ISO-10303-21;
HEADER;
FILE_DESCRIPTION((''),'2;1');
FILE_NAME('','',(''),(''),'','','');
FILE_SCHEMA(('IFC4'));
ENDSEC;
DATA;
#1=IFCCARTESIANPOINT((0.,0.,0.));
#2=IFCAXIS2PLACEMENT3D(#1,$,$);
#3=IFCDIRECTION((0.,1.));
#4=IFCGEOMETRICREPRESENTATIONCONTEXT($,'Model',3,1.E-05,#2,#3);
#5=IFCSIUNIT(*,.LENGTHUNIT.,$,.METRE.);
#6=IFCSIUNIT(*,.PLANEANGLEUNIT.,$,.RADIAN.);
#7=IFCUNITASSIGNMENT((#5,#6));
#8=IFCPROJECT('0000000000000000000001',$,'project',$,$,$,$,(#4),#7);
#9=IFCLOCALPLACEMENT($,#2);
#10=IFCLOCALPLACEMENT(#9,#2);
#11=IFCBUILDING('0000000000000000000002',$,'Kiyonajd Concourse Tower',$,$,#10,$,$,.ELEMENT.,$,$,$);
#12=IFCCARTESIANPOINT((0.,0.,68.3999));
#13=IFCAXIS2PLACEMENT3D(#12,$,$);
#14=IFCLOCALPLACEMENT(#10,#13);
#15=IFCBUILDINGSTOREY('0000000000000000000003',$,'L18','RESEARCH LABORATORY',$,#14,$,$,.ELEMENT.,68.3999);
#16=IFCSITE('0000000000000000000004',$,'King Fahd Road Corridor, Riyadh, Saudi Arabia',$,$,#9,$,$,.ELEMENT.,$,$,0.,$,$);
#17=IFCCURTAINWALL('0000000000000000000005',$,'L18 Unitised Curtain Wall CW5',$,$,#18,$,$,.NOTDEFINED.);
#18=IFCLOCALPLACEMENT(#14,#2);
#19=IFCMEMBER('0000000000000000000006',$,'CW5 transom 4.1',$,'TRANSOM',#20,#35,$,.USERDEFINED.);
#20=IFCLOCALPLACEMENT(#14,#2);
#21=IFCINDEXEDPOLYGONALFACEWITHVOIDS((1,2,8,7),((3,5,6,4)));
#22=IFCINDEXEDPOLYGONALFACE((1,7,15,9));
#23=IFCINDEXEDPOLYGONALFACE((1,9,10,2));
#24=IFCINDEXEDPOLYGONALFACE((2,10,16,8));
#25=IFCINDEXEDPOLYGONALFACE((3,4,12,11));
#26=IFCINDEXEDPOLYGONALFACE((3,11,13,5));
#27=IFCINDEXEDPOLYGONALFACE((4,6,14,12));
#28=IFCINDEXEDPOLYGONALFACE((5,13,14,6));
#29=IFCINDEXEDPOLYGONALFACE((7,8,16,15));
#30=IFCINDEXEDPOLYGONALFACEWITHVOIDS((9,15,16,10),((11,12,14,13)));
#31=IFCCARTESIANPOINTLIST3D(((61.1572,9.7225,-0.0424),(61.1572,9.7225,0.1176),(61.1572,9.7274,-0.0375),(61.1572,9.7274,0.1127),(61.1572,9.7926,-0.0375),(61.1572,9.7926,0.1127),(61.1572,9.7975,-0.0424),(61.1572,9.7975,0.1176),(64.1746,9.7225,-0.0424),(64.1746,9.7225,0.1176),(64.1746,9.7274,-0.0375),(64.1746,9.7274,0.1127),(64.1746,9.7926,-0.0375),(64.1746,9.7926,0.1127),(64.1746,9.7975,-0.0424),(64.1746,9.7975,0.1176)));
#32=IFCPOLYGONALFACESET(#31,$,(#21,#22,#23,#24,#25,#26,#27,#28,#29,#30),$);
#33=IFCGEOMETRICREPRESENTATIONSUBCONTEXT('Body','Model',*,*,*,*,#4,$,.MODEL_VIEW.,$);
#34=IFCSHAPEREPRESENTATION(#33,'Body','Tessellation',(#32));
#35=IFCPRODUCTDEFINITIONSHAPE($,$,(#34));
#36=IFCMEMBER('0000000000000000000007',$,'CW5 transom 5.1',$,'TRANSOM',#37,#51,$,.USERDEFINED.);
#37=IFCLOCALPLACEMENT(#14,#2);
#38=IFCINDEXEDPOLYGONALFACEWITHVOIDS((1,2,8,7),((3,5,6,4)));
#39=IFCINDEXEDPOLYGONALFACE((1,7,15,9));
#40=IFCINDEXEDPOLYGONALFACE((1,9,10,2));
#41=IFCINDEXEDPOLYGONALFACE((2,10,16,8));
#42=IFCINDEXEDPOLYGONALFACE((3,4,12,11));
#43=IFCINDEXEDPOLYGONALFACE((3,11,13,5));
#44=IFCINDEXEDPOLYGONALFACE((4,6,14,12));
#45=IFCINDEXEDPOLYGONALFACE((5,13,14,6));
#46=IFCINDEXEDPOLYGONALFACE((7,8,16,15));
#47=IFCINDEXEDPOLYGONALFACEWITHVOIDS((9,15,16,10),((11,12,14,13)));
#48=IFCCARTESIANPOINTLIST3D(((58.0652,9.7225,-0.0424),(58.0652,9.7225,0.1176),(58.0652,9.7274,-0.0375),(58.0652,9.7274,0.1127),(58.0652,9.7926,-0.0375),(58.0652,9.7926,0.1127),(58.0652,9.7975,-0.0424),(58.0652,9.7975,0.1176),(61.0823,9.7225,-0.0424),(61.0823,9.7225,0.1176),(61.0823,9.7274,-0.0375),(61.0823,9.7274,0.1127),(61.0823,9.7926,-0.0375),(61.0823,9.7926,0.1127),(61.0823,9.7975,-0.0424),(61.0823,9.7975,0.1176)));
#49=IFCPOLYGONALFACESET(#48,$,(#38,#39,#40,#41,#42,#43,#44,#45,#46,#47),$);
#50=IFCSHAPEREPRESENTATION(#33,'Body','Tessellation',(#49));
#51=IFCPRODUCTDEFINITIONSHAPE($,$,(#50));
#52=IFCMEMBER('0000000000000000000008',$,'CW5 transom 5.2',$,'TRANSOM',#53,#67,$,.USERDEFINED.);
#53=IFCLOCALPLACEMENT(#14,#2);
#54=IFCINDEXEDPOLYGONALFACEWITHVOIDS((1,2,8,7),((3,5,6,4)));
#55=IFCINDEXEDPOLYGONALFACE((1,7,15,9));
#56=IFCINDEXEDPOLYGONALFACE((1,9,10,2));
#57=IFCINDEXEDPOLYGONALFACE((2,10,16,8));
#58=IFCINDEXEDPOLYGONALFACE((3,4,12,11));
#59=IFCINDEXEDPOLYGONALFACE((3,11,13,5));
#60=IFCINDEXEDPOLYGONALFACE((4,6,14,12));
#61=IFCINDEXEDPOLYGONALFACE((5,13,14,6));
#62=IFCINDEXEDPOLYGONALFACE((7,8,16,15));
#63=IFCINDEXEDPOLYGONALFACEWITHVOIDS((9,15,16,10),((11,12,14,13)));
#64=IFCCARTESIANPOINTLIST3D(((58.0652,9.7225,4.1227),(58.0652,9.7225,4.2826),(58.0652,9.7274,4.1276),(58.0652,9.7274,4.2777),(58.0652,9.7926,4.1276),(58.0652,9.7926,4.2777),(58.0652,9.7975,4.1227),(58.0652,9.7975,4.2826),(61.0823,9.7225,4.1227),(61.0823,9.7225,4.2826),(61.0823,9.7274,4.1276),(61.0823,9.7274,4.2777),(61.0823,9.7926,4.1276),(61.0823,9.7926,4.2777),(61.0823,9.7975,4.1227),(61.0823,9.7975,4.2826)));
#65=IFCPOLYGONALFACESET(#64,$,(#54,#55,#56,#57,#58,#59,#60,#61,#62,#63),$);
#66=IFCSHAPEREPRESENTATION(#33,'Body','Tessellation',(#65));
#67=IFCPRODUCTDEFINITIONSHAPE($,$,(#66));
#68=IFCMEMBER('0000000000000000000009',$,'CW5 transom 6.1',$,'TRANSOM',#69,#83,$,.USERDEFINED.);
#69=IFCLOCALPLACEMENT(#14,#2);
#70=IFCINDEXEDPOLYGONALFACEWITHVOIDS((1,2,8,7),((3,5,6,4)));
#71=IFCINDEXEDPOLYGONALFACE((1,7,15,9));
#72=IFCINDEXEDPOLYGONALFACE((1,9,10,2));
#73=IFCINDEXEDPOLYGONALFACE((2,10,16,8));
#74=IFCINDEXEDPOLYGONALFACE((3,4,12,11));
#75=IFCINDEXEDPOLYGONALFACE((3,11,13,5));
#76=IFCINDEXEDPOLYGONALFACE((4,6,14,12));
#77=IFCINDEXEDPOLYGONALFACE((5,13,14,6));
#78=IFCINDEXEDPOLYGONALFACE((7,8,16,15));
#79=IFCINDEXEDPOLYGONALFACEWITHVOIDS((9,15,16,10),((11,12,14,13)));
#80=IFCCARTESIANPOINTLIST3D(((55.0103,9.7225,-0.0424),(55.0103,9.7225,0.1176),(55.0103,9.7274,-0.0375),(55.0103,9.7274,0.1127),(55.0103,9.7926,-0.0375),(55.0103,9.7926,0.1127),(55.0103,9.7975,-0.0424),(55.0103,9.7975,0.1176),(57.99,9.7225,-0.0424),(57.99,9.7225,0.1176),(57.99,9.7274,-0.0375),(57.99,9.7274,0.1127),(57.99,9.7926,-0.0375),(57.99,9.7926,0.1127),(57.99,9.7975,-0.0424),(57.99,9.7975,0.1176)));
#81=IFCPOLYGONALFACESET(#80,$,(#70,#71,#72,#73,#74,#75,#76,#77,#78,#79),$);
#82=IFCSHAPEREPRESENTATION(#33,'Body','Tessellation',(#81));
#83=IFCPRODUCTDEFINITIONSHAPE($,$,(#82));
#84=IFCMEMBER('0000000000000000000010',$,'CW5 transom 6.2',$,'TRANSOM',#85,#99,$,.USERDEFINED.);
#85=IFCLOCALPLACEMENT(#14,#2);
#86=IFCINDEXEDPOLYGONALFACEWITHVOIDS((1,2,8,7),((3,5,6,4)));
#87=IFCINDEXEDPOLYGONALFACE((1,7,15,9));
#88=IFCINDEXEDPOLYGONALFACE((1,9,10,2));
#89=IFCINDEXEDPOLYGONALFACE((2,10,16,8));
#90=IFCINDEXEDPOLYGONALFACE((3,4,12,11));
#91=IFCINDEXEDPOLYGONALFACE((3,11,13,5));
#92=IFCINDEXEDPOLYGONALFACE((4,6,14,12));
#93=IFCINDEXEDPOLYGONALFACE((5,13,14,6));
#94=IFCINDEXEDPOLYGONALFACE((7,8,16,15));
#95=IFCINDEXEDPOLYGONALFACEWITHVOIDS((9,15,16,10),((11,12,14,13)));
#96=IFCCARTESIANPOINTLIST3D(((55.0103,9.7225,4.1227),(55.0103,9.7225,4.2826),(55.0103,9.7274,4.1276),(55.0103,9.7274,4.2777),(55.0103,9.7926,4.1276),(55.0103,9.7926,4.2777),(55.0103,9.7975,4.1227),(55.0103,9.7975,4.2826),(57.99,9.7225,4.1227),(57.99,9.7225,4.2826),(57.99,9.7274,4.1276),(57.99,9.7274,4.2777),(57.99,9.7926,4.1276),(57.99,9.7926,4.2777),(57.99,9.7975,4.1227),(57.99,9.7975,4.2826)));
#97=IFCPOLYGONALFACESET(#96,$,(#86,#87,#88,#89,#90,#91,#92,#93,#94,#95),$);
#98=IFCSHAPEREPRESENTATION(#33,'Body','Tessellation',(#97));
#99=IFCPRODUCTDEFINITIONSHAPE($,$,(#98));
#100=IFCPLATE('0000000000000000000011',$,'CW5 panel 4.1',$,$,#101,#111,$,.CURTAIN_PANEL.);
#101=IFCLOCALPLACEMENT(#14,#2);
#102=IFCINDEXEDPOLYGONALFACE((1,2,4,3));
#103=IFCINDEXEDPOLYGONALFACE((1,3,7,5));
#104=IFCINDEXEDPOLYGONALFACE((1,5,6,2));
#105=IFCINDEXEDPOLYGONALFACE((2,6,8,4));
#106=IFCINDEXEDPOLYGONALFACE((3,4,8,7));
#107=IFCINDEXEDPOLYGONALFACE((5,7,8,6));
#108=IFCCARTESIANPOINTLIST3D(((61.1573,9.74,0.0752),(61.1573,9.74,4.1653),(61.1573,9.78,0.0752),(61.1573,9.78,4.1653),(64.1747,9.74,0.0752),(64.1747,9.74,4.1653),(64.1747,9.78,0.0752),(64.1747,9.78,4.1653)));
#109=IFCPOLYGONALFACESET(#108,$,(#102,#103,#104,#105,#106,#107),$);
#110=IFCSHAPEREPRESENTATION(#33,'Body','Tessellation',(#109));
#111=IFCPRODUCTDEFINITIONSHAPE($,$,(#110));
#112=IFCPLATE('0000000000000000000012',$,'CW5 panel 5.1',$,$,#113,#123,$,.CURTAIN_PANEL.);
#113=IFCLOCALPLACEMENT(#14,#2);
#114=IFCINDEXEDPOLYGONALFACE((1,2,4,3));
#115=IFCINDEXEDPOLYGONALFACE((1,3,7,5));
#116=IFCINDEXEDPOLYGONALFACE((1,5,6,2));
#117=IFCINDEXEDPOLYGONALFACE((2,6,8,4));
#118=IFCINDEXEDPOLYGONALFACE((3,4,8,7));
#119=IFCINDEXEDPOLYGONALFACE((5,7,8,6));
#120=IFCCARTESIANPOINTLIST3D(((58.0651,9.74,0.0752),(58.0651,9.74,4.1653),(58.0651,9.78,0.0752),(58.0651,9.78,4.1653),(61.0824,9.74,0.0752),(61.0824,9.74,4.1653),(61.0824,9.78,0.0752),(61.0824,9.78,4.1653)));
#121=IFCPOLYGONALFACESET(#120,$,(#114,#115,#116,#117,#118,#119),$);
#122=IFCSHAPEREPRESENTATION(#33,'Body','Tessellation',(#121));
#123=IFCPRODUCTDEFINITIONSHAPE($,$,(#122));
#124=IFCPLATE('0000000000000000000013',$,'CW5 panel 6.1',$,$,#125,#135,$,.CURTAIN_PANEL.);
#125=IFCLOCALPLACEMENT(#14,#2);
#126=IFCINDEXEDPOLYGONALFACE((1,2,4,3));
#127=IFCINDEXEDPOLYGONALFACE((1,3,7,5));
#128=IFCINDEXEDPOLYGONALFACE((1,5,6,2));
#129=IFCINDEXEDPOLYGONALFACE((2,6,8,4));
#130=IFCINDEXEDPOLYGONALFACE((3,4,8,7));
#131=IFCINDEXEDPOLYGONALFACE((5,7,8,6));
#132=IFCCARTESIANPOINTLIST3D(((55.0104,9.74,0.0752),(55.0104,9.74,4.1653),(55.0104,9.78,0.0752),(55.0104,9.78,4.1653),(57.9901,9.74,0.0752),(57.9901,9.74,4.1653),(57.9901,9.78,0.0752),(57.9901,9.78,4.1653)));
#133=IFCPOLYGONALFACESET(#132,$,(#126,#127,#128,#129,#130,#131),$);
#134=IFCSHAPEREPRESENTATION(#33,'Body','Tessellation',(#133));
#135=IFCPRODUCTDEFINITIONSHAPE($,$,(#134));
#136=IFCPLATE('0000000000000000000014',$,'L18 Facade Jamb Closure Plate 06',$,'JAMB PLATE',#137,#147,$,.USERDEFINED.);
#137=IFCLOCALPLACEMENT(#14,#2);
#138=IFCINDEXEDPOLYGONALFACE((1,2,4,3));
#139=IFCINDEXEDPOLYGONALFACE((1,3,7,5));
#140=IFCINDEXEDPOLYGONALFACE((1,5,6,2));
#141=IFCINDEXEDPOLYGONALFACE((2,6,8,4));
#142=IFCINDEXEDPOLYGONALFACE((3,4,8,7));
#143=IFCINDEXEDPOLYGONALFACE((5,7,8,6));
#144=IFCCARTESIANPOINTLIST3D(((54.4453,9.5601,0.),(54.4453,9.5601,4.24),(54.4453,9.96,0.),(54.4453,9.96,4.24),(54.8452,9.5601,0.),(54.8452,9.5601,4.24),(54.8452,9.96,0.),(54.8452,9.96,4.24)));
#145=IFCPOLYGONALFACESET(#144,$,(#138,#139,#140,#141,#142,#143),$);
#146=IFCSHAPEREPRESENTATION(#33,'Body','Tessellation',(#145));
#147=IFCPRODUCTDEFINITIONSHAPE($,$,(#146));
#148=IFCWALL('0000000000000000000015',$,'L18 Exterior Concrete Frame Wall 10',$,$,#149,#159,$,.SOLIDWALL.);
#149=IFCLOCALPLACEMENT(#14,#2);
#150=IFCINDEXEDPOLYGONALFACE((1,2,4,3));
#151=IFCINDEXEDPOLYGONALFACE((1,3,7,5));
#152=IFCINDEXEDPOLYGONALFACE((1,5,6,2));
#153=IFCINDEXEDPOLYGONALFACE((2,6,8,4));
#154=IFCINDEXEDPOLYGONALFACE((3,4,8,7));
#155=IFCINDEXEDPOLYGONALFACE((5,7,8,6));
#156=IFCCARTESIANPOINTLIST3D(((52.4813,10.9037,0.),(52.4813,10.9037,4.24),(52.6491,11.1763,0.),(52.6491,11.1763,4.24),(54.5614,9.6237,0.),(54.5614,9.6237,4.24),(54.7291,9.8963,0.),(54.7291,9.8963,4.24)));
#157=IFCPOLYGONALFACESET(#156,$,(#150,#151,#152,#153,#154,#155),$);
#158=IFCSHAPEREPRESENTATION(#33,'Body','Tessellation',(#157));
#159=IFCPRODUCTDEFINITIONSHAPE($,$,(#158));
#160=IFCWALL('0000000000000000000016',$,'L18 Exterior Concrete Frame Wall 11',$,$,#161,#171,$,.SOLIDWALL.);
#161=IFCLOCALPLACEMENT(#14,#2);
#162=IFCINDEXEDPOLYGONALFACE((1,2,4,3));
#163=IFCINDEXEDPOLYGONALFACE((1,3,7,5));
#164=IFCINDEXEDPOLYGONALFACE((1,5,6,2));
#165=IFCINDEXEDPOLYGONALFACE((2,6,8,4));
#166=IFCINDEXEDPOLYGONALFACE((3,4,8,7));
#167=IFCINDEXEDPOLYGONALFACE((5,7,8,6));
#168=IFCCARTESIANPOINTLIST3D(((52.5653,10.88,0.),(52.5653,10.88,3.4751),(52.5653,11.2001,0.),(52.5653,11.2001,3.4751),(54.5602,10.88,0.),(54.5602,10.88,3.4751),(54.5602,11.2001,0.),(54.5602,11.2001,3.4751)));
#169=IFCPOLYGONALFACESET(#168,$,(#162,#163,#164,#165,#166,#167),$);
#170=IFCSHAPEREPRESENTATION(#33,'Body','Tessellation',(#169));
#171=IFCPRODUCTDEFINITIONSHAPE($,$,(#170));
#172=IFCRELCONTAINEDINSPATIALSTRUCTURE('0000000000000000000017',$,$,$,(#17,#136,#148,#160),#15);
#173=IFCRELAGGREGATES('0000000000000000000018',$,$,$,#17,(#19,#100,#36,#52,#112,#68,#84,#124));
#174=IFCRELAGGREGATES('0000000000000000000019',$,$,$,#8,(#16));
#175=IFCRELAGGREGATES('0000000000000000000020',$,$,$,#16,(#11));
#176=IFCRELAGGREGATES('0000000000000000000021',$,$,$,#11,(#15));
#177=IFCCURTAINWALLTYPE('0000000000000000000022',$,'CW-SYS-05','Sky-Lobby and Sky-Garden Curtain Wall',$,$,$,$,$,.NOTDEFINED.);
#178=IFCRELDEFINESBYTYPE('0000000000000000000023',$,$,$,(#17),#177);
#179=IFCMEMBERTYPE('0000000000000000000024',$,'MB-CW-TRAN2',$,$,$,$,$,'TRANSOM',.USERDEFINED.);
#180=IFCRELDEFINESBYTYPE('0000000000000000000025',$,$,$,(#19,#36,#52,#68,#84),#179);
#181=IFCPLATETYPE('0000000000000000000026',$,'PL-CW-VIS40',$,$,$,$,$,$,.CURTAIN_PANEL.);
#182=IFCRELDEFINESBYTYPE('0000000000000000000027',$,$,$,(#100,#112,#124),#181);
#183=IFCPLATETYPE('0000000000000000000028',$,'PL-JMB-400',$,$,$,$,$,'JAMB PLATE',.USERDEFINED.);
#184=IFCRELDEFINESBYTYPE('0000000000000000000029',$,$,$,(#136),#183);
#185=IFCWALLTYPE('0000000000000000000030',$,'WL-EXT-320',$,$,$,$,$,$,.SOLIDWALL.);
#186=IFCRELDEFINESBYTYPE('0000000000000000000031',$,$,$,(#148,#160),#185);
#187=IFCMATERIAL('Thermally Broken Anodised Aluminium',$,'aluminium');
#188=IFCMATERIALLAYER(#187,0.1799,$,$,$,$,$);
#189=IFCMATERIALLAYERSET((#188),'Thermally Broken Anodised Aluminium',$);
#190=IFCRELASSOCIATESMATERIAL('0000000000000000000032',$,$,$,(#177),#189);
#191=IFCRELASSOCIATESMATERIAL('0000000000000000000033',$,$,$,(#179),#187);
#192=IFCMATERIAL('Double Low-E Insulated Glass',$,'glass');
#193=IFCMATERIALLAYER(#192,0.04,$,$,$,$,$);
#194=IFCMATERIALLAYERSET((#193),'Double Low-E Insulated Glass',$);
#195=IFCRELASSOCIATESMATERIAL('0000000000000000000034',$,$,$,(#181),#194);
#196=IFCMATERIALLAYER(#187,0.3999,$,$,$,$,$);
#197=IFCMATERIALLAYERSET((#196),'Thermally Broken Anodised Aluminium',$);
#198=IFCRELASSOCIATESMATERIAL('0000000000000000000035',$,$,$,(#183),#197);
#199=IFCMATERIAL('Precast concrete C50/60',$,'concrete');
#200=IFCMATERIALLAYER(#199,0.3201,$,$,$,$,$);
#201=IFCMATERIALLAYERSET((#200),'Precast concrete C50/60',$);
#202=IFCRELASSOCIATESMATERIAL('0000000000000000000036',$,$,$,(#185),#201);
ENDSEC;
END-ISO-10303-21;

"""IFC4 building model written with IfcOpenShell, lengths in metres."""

from ifc_helpers import new_model, si_unit, direction, frame, frame_2d, origin, origin_2d, place, context, subcontext, project, spatial, rectangle, hollow_rectangle, extrude, material, layer, layer_set, material_profile, profile_set, type_object, element, aggregate, save


model = new_model("IFC4")

# Units and contexts
model_context = context("Model", 3, precision=1e-05, world=origin(), true_north=direction((0.0, 1.0)))
body_context = subcontext(model_context, "Body", "Model", "MODEL_VIEW")
ifc_project = project(units=[si_unit("LENGTHUNIT", "METRE"), si_unit("PLANEANGLEUNIT", "RADIAN")], contexts=[model_context])

# Site, building, storey
site_placement = place(None, origin())
site = spatial("IfcSite", under=ifc_project, at=site_placement, Name="King Fahd Road Corridor, Riyadh, Saudi Arabia", CompositionType="ELEMENT", RefElevation=0.0)
building_placement = place(site_placement, origin())
building = spatial("IfcBuilding", under=site, at=building_placement, Name="Kiyonajd Concourse Tower", CompositionType="ELEMENT")
storey_placement = place(building_placement, frame((0.0, 0.0, 68.3999)))
storey = spatial("IfcBuildingStorey", under=building, at=storey_placement, Name="L18", Description="RESEARCH LABORATORY", CompositionType="ELEMENT", Elevation=68.3999)

# Shared definitions
ifc_material_1 = material(Name="Precast concrete C50/60", Category="concrete")

# Curtain wall, members, plates
ifc_material_2 = material(Name="Thermally Broken Anodised Aluminium", Category="aluminium")
ifc_layer_1 = layer(ifc_material_2, 0.1799)
ifc_layer_set_1 = layer_set([ifc_layer_1], Name="Thermally Broken Anodised Aluminium")
curtain_wall_type = type_object("IfcCurtainWallType", Name="CW-SYS-05", Description="Sky-Lobby and Sky-Garden Curtain Wall", PredefinedType="NOTDEFINED", material=ifc_layer_set_1)
curtain_wall_placement = place(storey_placement, origin())
curtain_wall = element("IfcCurtainWall", 1, at=curtain_wall_placement, inside=storey, type_object=curtain_wall_type, Name="L18 Unitised Curtain Wall CW5", PredefinedType="NOTDEFINED")
ifc_material_profile_1 = material_profile(ifc_material_2, hollow_rectangle(XDim=0.075, YDim=0.1599, WallThickness=0.0049, at=origin_2d()), Name="TRAN-75x160")
ifc_profile_set_1 = profile_set([ifc_material_profile_1], Name="Thermally Broken Anodised Aluminium")
member_type_1 = type_object("IfcMemberType", Name="MB-CW-TRAN2", ElementType="TRANSOM", PredefinedType="USERDEFINED", material=ifc_profile_set_1)
member_1_placement = place(storey_placement, frame((64.1746, 9.76, 0.0376), z_axis=(-1.0, 0.0, 0.0), x_axis=(0.0, -1.0, 0.0)))
member_1 = element("IfcMember", 2, at=member_1_placement, type_object=member_type_1, Name="CW5 transom 4.1", ObjectType="TRANSOM", PredefinedType="USERDEFINED", context=body_context, shape_type="SweptSolid", body=[
    extrude(hollow_rectangle(XDim=0.075, YDim=0.1599, WallThickness=0.0049, at=origin_2d()), origin(), (0.0, 0.0, 1.0), 3.0173),
])
member_2_placement = place(storey_placement, frame((61.0823, 9.76, 0.0376), z_axis=(-1.0, 0.0, 0.0), x_axis=(0.0, -1.0, 0.0)))
member_2 = element("IfcMember", 3, at=member_2_placement, type_object=member_type_1, Name="CW5 transom 5.1", ObjectType="TRANSOM", PredefinedType="USERDEFINED", context=body_context, shape_type="SweptSolid", body=[
    extrude(hollow_rectangle(XDim=0.075, YDim=0.1599, WallThickness=0.0049, at=origin_2d()), origin(), (0.0, 0.0, 1.0), 3.0171),
])
member_3_placement = place(storey_placement, frame((61.0823, 9.76, 4.2026), z_axis=(-1.0, 0.0, 0.0), x_axis=(0.0, -1.0, 0.0)))
member_3 = element("IfcMember", 4, at=member_3_placement, type_object=member_type_1, Name="CW5 transom 5.2", ObjectType="TRANSOM", PredefinedType="USERDEFINED", context=body_context, shape_type="SweptSolid", body=[
    extrude(hollow_rectangle(XDim=0.075, YDim=0.1599, WallThickness=0.0049, at=origin_2d()), origin(), (0.0, 0.0, 1.0), 3.0171),
])
member_4_placement = place(storey_placement, frame((57.99, 9.76, 0.0376), z_axis=(-1.0, 0.0, 0.0), x_axis=(0.0, -1.0, 0.0)))
member_4 = element("IfcMember", 5, at=member_4_placement, type_object=member_type_1, Name="CW5 transom 6.1", ObjectType="TRANSOM", PredefinedType="USERDEFINED", context=body_context, shape_type="SweptSolid", body=[
    extrude(hollow_rectangle(XDim=0.075, YDim=0.1599, WallThickness=0.0049, at=origin_2d()), origin(), (0.0, 0.0, 1.0), 2.9797),
])
member_5_placement = place(storey_placement, frame((57.99, 9.76, 4.2026), z_axis=(-1.0, 0.0, 0.0), x_axis=(0.0, -1.0, 0.0)))
member_5 = element("IfcMember", 6, at=member_5_placement, type_object=member_type_1, Name="CW5 transom 6.2", ObjectType="TRANSOM", PredefinedType="USERDEFINED", context=body_context, shape_type="SweptSolid", body=[
    extrude(hollow_rectangle(XDim=0.075, YDim=0.1599, WallThickness=0.0049, at=origin_2d()), origin(), (0.0, 0.0, 1.0), 2.9797),
])
ifc_material_3 = material(Name="Double Low-E Insulated Glass", Category="glass")
ifc_layer_2 = layer(ifc_material_3, 0.04)
ifc_layer_set_2 = layer_set([ifc_layer_2], Name="Double Low-E Insulated Glass")
plate_type_1 = type_object("IfcPlateType", Name="PL-CW-VIS40", PredefinedType="CURTAIN_PANEL", material=ifc_layer_set_2)
plate_1_placement = place(storey_placement, frame((62.666, 9.76, 0.0752), z_axis=(0.0, 0.0, 1.0), x_axis=(-1.0, 0.0, 0.0)))
plate_1 = element("IfcPlate", 7, at=plate_1_placement, type_object=plate_type_1, Name="CW5 panel 4.1", PredefinedType="CURTAIN_PANEL", context=body_context, shape_type="SweptSolid", body=[
    extrude(rectangle(XDim=3.0173, YDim=0.04, at=origin_2d()), origin(), (0.0, 0.0, 1.0), 4.0901),
])
plate_2_placement = place(storey_placement, frame((59.5737, 9.76, 0.0752), z_axis=(0.0, 0.0, 1.0), x_axis=(-1.0, 0.0, 0.0)))
plate_2 = element("IfcPlate", 8, at=plate_2_placement, type_object=plate_type_1, Name="CW5 panel 5.1", PredefinedType="CURTAIN_PANEL", context=body_context, shape_type="SweptSolid", body=[
    extrude(rectangle(XDim=3.0173, YDim=0.04, at=origin_2d()), origin(), (0.0, 0.0, 1.0), 4.0901),
])
plate_3_placement = place(storey_placement, frame((56.5002, 9.76, 0.0752), z_axis=(0.0, 0.0, 1.0), x_axis=(-1.0, 0.0, 0.0)))
plate_3 = element("IfcPlate", 9, at=plate_3_placement, type_object=plate_type_1, Name="CW5 panel 6.1", PredefinedType="CURTAIN_PANEL", context=body_context, shape_type="SweptSolid", body=[
    extrude(rectangle(XDim=2.9797, YDim=0.04, at=origin_2d()), origin(), (0.0, 0.0, 1.0), 4.0901),
])
aggregate(curtain_wall, [member_1, plate_1, member_2, member_3, plate_2, member_4, member_5, plate_3])

# Plate
ifc_layer_3 = layer(ifc_material_2, 0.3999)
ifc_layer_set_3 = layer_set([ifc_layer_3], Name="Thermally Broken Anodised Aluminium")
plate_type_2 = type_object("IfcPlateType", Name="PL-JMB-400", ElementType="JAMB PLATE", PredefinedType="USERDEFINED", material=ifc_layer_set_3)
plate_4_placement = place(storey_placement, frame((54.6453, 9.76, 0.0), z_axis=(0.0, 0.0, 1.0), x_axis=(1.0, 0.0, 0.0)))
element("IfcPlate", 10, at=plate_4_placement, inside=storey, type_object=plate_type_2, Name="L18 Facade Jamb Closure Plate 06", ObjectType="JAMB PLATE", PredefinedType="USERDEFINED", context=body_context, shape_type="SweptSolid", body=[
    extrude(rectangle(XDim=0.3999, YDim=0.3999, at=origin_2d()), origin(), (0.0, 0.0, 1.0), 4.24),
])

# Walls
ifc_layer_4 = layer(ifc_material_1, 0.3201)
ifc_layer_set_4 = layer_set([ifc_layer_4], Name="Precast concrete C50/60")
wall_type_1 = type_object("IfcWallType", Name="WL-EXT-320", PredefinedType="SOLIDWALL", material=ifc_layer_set_4)
wall_1_placement = place(storey_placement, frame((54.6453, 9.76, 0.0), z_axis=(0.0, 0.0, 1.0), x_axis=(-0.851662, 0.524092, 0.0)))
element("IfcWall", 11, at=wall_1_placement, inside=storey, type_object=wall_type_1, Name="L18 Exterior Concrete Frame Wall 10", PredefinedType="SOLIDWALL", context=body_context, shape_type="SweptSolid", body=[
    extrude(rectangle(XDim=2.4424, YDim=0.3201, at=frame_2d((1.2212, 0.0))), origin(), (0.0, 0.0, 1.0), 4.24),
])
wall_2_placement = place(storey_placement, frame((52.5652, 11.04, 0.0), z_axis=(0.0, 0.0, 1.0), x_axis=(1.0, 0.0, 0.0)))
element("IfcWall", 12, at=wall_2_placement, inside=storey, type_object=wall_type_1, Name="L18 Exterior Concrete Frame Wall 11", PredefinedType="SOLIDWALL", context=body_context, shape_type="SweptSolid", body=[
    extrude(rectangle(XDim=1.9949, YDim=0.3201, at=frame_2d((0.9976, 0.0))), origin(), (0.0, 0.0, 1.0), 3.4751),
])

save(model, "model.ifc")
